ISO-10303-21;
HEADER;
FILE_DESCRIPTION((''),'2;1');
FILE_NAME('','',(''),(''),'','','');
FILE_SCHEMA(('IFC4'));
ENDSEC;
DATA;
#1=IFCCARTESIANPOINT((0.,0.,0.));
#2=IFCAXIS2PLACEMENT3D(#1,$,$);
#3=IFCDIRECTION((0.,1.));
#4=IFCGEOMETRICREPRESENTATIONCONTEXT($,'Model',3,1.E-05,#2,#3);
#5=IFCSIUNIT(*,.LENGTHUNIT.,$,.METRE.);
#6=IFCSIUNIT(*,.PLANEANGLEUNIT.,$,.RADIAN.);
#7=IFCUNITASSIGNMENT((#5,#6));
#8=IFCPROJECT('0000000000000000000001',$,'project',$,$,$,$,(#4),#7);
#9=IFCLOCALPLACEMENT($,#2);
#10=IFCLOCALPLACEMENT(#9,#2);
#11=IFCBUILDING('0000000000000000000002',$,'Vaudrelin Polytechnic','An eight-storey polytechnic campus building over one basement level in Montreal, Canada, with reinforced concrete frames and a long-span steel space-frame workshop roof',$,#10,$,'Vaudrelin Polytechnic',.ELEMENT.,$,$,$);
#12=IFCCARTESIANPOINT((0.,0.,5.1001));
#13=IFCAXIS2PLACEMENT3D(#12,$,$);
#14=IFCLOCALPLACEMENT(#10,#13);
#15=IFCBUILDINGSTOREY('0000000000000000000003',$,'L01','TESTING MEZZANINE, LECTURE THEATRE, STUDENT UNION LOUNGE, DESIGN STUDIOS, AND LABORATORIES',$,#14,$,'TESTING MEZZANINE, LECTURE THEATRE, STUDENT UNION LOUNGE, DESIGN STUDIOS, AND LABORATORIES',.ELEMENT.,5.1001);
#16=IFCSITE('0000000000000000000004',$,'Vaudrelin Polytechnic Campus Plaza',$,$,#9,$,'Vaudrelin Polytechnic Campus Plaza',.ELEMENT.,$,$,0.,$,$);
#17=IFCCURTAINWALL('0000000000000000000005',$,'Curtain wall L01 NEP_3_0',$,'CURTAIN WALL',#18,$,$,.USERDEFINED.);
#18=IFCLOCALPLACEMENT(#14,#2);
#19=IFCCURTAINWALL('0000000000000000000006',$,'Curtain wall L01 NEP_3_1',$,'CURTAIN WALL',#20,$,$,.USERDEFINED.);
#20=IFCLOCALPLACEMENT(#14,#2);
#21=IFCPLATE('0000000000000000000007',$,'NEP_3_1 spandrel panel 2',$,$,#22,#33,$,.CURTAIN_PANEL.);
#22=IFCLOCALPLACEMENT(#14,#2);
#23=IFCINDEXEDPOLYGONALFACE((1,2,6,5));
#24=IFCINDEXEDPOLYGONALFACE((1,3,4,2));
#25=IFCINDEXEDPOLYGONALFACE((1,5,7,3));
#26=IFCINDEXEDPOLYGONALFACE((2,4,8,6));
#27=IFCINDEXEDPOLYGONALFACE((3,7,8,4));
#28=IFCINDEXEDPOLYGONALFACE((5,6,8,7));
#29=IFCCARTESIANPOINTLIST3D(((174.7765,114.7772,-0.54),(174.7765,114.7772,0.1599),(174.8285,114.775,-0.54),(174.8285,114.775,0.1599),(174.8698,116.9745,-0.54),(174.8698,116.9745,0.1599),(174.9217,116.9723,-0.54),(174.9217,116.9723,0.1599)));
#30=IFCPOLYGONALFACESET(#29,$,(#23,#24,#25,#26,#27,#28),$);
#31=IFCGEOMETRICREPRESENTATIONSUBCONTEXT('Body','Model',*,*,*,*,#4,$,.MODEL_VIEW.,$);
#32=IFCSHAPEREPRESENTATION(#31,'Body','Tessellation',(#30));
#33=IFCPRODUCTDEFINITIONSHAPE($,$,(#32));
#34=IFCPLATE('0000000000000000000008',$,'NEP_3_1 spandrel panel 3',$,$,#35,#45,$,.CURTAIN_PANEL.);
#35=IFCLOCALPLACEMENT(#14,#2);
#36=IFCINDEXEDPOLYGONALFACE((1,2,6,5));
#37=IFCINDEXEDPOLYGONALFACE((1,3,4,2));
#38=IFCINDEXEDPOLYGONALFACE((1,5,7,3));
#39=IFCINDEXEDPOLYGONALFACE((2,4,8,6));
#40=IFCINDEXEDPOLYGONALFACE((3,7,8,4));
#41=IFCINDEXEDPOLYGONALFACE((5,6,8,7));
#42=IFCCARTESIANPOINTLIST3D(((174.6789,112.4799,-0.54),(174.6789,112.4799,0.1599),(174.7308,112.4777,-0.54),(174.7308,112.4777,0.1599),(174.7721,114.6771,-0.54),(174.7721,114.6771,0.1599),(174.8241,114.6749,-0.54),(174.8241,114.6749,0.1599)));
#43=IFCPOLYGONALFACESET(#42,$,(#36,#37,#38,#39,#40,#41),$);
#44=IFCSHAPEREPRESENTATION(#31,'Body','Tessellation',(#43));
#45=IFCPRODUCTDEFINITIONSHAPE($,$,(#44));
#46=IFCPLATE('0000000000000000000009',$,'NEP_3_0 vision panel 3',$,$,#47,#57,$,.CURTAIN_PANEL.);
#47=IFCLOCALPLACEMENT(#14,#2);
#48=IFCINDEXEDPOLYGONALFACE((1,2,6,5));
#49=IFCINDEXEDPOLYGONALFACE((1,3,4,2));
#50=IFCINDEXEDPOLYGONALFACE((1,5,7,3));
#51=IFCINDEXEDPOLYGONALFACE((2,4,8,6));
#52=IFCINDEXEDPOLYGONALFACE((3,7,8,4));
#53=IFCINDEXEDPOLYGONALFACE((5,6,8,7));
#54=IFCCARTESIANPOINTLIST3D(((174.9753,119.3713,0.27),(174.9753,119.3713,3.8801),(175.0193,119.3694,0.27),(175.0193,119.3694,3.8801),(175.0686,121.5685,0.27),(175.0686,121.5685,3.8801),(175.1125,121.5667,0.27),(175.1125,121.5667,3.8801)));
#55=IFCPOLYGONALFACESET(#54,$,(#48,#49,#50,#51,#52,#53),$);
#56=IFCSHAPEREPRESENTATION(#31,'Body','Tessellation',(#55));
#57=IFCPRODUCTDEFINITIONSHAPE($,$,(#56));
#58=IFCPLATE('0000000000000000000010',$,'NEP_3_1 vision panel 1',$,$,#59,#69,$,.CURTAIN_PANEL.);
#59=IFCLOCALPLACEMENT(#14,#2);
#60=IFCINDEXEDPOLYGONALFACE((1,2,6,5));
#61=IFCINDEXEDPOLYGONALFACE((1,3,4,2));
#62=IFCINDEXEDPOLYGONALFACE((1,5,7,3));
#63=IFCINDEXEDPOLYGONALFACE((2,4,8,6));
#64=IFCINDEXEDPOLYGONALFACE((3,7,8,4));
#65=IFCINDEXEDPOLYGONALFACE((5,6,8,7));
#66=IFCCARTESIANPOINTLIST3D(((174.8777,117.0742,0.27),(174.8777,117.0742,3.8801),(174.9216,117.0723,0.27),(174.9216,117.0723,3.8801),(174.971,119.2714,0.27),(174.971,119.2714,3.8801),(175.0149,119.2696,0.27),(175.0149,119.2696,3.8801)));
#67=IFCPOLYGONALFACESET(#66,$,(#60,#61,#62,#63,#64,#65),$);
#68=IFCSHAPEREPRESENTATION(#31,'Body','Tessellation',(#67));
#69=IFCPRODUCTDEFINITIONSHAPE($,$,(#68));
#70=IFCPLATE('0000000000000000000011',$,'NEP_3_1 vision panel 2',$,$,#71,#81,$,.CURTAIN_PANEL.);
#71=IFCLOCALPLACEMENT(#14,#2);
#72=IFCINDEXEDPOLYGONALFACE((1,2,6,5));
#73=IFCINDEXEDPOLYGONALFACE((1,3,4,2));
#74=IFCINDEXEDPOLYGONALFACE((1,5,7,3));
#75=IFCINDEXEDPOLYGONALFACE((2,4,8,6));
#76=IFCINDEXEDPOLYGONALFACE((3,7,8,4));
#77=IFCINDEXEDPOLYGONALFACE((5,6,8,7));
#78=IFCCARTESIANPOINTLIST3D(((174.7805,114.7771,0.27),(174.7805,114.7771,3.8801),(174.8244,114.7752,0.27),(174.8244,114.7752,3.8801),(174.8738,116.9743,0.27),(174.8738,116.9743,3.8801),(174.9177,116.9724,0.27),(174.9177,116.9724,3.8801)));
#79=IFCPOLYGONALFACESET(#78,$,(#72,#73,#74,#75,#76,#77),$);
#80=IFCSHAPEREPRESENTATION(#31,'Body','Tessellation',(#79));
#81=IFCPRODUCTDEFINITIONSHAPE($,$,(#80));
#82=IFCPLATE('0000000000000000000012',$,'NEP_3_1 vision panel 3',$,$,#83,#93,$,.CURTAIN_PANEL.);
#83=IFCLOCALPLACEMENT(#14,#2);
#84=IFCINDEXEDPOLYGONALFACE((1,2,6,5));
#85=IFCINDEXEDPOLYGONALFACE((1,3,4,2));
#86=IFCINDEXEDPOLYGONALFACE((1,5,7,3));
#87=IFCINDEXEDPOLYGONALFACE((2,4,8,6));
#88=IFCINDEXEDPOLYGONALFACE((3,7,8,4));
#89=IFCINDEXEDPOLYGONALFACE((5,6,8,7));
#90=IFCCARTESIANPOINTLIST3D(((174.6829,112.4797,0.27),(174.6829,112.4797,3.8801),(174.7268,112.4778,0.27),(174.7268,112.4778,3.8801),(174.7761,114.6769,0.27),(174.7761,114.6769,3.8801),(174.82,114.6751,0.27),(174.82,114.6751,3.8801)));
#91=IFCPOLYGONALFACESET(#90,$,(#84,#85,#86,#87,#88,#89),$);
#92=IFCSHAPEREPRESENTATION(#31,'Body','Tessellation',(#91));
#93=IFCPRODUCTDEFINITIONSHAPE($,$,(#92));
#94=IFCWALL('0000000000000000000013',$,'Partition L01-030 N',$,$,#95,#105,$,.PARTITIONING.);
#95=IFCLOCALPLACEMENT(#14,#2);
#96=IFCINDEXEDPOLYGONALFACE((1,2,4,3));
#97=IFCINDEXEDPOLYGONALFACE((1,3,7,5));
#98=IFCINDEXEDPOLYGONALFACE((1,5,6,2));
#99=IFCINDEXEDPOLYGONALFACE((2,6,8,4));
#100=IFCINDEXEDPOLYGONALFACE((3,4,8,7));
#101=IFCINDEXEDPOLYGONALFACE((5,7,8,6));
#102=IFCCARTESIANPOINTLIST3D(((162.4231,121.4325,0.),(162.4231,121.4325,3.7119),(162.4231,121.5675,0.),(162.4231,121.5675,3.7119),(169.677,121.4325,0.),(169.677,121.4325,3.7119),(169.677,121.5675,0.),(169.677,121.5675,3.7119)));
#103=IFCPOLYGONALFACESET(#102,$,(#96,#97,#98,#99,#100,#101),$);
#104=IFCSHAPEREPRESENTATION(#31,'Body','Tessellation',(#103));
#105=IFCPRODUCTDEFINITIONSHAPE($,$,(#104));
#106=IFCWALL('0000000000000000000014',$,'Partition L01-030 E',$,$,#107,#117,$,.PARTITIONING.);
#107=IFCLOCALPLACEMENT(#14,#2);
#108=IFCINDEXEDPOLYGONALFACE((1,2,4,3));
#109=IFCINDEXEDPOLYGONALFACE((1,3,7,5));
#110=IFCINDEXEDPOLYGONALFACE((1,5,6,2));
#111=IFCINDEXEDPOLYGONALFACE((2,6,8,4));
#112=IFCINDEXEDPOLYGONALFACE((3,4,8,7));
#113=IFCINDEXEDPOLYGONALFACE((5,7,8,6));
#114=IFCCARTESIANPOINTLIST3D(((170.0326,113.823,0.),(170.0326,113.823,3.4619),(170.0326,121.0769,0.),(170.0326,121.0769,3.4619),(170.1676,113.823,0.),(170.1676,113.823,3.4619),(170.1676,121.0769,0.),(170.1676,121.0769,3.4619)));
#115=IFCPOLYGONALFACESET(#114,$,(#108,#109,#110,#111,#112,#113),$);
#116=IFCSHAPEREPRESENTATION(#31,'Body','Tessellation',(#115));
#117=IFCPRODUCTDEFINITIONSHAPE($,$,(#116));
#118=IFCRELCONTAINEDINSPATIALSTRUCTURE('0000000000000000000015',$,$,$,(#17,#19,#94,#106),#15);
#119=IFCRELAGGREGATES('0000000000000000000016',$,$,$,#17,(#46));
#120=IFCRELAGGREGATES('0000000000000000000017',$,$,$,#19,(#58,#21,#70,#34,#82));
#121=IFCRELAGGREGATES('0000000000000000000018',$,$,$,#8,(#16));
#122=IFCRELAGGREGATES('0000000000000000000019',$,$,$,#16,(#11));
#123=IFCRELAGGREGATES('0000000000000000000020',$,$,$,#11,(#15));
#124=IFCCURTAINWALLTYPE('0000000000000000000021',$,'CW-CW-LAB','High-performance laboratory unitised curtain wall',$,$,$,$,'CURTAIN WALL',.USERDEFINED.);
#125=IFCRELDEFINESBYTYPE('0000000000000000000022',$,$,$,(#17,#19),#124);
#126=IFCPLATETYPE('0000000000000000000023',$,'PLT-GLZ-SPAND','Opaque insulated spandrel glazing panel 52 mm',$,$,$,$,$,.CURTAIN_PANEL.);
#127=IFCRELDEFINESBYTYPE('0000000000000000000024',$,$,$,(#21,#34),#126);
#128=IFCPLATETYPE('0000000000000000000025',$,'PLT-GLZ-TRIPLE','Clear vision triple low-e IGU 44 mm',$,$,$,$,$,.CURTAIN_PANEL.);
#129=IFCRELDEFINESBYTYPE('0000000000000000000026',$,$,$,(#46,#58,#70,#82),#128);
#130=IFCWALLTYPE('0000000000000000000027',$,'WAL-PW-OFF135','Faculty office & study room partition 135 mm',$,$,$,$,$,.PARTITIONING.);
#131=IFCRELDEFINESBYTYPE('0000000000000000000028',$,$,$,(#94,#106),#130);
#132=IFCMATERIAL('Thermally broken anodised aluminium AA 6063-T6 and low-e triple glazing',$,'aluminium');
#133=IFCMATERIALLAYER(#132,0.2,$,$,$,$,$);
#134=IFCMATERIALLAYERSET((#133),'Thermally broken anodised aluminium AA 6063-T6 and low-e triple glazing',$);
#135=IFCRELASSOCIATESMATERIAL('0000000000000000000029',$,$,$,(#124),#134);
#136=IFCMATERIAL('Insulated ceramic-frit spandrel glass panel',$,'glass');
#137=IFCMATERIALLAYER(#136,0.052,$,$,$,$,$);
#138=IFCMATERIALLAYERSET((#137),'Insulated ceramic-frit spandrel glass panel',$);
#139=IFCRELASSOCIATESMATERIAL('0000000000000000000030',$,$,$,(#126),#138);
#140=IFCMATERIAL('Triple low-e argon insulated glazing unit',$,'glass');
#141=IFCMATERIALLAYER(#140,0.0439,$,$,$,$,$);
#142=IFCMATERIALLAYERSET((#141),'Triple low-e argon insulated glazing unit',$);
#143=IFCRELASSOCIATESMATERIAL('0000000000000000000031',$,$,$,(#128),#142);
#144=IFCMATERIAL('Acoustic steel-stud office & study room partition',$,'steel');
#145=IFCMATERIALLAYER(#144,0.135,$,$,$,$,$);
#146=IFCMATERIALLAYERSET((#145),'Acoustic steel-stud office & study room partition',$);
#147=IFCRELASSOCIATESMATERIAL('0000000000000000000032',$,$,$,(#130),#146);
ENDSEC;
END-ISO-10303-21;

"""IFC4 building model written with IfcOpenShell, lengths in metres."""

from ifc_helpers import new_model, si_unit, direction, frame, frame_2d, origin, origin_2d, place, context, subcontext, project, spatial, rectangle, extrude, material, layer, layer_set, type_object, element, aggregate, save


model = new_model("IFC4")

# Units and contexts
model_context = context("Model", 3, precision=1e-05, world=origin(), true_north=direction((0.0, 1.0)))
body_context = subcontext(model_context, "Body", "Model", "MODEL_VIEW")
ifc_project = project(units=[si_unit("LENGTHUNIT", "METRE"), si_unit("PLANEANGLEUNIT", "RADIAN")], contexts=[model_context])

# Site, building, storey
site_placement = place(None, origin())
site = spatial("IfcSite", under=ifc_project, at=site_placement, Name="Vaudrelin Polytechnic Campus Plaza", LongName="Vaudrelin Polytechnic Campus Plaza", CompositionType="ELEMENT", RefElevation=0.0)
building_placement = place(site_placement, origin())
building = spatial("IfcBuilding", under=site, at=building_placement, Name="Vaudrelin Polytechnic", Description="An eight-storey polytechnic campus building over one basement level in Montreal, Canada, with reinforced concrete frames and a long-span steel space-frame workshop roof", LongName="Vaudrelin Polytechnic", CompositionType="ELEMENT")
storey_placement = place(building_placement, frame((0.0, 0.0, 5.1001)))
storey = spatial("IfcBuildingStorey", under=building, at=storey_placement, Name="L01", Description="TESTING MEZZANINE, LECTURE THEATRE, STUDENT UNION LOUNGE, DESIGN STUDIOS, AND LABORATORIES", LongName="TESTING MEZZANINE, LECTURE THEATRE, STUDENT UNION LOUNGE, DESIGN STUDIOS, AND LABORATORIES", CompositionType="ELEMENT", Elevation=5.1001)

# Curtain walls
ifc_material_1 = material(Name="Thermally broken anodised aluminium AA 6063-T6 and low-e triple glazing", Category="aluminium")
ifc_layer_1 = layer(ifc_material_1, 0.2)
ifc_layer_set_1 = layer_set([ifc_layer_1], Name="Thermally broken anodised aluminium AA 6063-T6 and low-e triple glazing")
curtain_wall_type = type_object("IfcCurtainWallType", Name="CW-CW-LAB", Description="High-performance laboratory unitised curtain wall", ElementType="CURTAIN WALL", PredefinedType="USERDEFINED", material=ifc_layer_set_1)
curtain_wall_1_placement = place(storey_placement, origin())
curtain_wall_1 = element("IfcCurtainWall", 1, at=curtain_wall_1_placement, inside=storey, type_object=curtain_wall_type, Name="Curtain wall L01 NEP_3_0", ObjectType="CURTAIN WALL", PredefinedType="USERDEFINED")
curtain_wall_2_placement = place(storey_placement, origin())
curtain_wall_2 = element("IfcCurtainWall", 2, at=curtain_wall_2_placement, inside=storey, type_object=curtain_wall_type, Name="Curtain wall L01 NEP_3_1", ObjectType="CURTAIN WALL", PredefinedType="USERDEFINED")

# Plates
ifc_material_2 = material(Name="Insulated ceramic-frit spandrel glass panel", Category="glass")
ifc_layer_2 = layer(ifc_material_2, 0.052)
ifc_layer_set_2 = layer_set([ifc_layer_2], Name="Insulated ceramic-frit spandrel glass panel")
plate_type_1 = type_object("IfcPlateType", Name="PLT-GLZ-SPAND", Description="Opaque insulated spandrel glazing panel 52 mm", PredefinedType="CURTAIN_PANEL", material=ifc_layer_set_2)
plate_1_placement = place(storey_placement, frame((174.8491, 115.8748, -0.54), z_axis=(0.0, 0.0, 1.0), x_axis=(-0.042405, -0.9991, 0.0)))
plate_1 = element("IfcPlate", 3, at=plate_1_placement, type_object=plate_type_1, Name="NEP_3_1 spandrel panel 2", PredefinedType="CURTAIN_PANEL", context=body_context, shape_type="SweptSolid", body=[
    extrude(rectangle(XDim=2.1992, YDim=0.052, at=origin_2d()), origin(), (0.0, 0.0, 1.0), 0.7),
])
plate_2_placement = place(storey_placement, frame((174.7515, 113.5774, -0.54), z_axis=(0.0, 0.0, 1.0), x_axis=(-0.042405, -0.9991, 0.0)))
plate_2 = element("IfcPlate", 4, at=plate_2_placement, type_object=plate_type_1, Name="NEP_3_1 spandrel panel 3", PredefinedType="CURTAIN_PANEL", context=body_context, shape_type="SweptSolid", body=[
    extrude(rectangle(XDim=2.1992, YDim=0.052, at=origin_2d()), origin(), (0.0, 0.0, 1.0), 0.7),
])
ifc_material_3 = material(Name="Triple low-e argon insulated glazing unit", Category="glass")
ifc_layer_3 = layer(ifc_material_3, 0.0439)
ifc_layer_set_3 = layer_set([ifc_layer_3], Name="Triple low-e argon insulated glazing unit")
plate_type_2 = type_object("IfcPlateType", Name="PLT-GLZ-TRIPLE", Description="Clear vision triple low-e IGU 44 mm", PredefinedType="CURTAIN_PANEL", material=ifc_layer_set_3)
plate_3_placement = place(storey_placement, frame((175.0439, 120.469, 0.27), z_axis=(0.0, 0.0, 1.0), x_axis=(-0.04242, -0.9991, 0.0)))
plate_3 = element("IfcPlate", 5, at=plate_3_placement, type_object=plate_type_2, Name="NEP_3_0 vision panel 3", PredefinedType="CURTAIN_PANEL", context=body_context, shape_type="SweptSolid", body=[
    extrude(rectangle(XDim=2.1992, YDim=0.0439, at=origin_2d()), origin(), (0.0, 0.0, 1.0), 3.6101),
])
aggregate(curtain_wall_1, [plate_3])
plate_4_placement = place(storey_placement, frame((174.9463, 118.1719, 0.27), z_axis=(0.0, 0.0, 1.0), x_axis=(-0.042405, -0.9991, 0.0)))
plate_4 = element("IfcPlate", 6, at=plate_4_placement, type_object=plate_type_2, Name="NEP_3_1 vision panel 1", PredefinedType="CURTAIN_PANEL", context=body_context, shape_type="SweptSolid", body=[
    extrude(rectangle(XDim=2.1992, YDim=0.0439, at=origin_2d()), origin(), (0.0, 0.0, 1.0), 3.6101),
])
plate_5_placement = place(storey_placement, frame((174.8491, 115.8748, 0.27), z_axis=(0.0, 0.0, 1.0), x_axis=(-0.042405, -0.9991, 0.0)))
plate_5 = element("IfcPlate", 7, at=plate_5_placement, type_object=plate_type_2, Name="NEP_3_1 vision panel 2", PredefinedType="CURTAIN_PANEL", context=body_context, shape_type="SweptSolid", body=[
    extrude(rectangle(XDim=2.1992, YDim=0.0439, at=origin_2d()), origin(), (0.0, 0.0, 1.0), 3.6101),
])
plate_6_placement = place(storey_placement, frame((174.7515, 113.5774, 0.27), z_axis=(0.0, 0.0, 1.0), x_axis=(-0.042405, -0.9991, 0.0)))
plate_6 = element("IfcPlate", 8, at=plate_6_placement, type_object=plate_type_2, Name="NEP_3_1 vision panel 3", PredefinedType="CURTAIN_PANEL", context=body_context, shape_type="SweptSolid", body=[
    extrude(rectangle(XDim=2.1992, YDim=0.0439, at=origin_2d()), origin(), (0.0, 0.0, 1.0), 3.6101),
])
aggregate(curtain_wall_2, [plate_4, plate_1, plate_5, plate_2, plate_6])

# Walls
ifc_material_4 = material(Name="Acoustic steel-stud office & study room partition", Category="steel")
ifc_layer_4 = layer(ifc_material_4, 0.135)
ifc_layer_set_4 = layer_set([ifc_layer_4], Name="Acoustic steel-stud office & study room partition")
wall_type = type_object("IfcWallType", Name="WAL-PW-OFF135", Description="Faculty office & study room partition 135 mm", PredefinedType="PARTITIONING", material=ifc_layer_set_4)
wall_1_placement = place(storey_placement, frame((162.4231, 121.5, 0.0), z_axis=(0.0, 0.0, 1.0), x_axis=(1.0, 0.0, 0.0)))
element("IfcWall", 9, at=wall_1_placement, inside=storey, type_object=wall_type, Name="Partition L01-030 N", PredefinedType="PARTITIONING", context=body_context, shape_type="SweptSolid", body=[
    extrude(rectangle(XDim=7.2539, YDim=0.135, at=frame_2d((3.627, 0.0))), origin(), (0.0, 0.0, 1.0), 3.7119),
])
wall_2_placement = place(storey_placement, frame((170.1001, 113.823, 0.0), z_axis=(0.0, 0.0, 1.0), x_axis=(0.0, 1.0, 0.0)))
element("IfcWall", 10, at=wall_2_placement, inside=storey, type_object=wall_type, Name="Partition L01-030 E", PredefinedType="PARTITIONING", context=body_context, shape_type="SweptSolid", body=[
    extrude(rectangle(XDim=7.2539, YDim=0.135, at=frame_2d((3.627, 0.0))), origin(), (0.0, 0.0, 1.0), 3.4619),
])

save(model, "model.ifc")
